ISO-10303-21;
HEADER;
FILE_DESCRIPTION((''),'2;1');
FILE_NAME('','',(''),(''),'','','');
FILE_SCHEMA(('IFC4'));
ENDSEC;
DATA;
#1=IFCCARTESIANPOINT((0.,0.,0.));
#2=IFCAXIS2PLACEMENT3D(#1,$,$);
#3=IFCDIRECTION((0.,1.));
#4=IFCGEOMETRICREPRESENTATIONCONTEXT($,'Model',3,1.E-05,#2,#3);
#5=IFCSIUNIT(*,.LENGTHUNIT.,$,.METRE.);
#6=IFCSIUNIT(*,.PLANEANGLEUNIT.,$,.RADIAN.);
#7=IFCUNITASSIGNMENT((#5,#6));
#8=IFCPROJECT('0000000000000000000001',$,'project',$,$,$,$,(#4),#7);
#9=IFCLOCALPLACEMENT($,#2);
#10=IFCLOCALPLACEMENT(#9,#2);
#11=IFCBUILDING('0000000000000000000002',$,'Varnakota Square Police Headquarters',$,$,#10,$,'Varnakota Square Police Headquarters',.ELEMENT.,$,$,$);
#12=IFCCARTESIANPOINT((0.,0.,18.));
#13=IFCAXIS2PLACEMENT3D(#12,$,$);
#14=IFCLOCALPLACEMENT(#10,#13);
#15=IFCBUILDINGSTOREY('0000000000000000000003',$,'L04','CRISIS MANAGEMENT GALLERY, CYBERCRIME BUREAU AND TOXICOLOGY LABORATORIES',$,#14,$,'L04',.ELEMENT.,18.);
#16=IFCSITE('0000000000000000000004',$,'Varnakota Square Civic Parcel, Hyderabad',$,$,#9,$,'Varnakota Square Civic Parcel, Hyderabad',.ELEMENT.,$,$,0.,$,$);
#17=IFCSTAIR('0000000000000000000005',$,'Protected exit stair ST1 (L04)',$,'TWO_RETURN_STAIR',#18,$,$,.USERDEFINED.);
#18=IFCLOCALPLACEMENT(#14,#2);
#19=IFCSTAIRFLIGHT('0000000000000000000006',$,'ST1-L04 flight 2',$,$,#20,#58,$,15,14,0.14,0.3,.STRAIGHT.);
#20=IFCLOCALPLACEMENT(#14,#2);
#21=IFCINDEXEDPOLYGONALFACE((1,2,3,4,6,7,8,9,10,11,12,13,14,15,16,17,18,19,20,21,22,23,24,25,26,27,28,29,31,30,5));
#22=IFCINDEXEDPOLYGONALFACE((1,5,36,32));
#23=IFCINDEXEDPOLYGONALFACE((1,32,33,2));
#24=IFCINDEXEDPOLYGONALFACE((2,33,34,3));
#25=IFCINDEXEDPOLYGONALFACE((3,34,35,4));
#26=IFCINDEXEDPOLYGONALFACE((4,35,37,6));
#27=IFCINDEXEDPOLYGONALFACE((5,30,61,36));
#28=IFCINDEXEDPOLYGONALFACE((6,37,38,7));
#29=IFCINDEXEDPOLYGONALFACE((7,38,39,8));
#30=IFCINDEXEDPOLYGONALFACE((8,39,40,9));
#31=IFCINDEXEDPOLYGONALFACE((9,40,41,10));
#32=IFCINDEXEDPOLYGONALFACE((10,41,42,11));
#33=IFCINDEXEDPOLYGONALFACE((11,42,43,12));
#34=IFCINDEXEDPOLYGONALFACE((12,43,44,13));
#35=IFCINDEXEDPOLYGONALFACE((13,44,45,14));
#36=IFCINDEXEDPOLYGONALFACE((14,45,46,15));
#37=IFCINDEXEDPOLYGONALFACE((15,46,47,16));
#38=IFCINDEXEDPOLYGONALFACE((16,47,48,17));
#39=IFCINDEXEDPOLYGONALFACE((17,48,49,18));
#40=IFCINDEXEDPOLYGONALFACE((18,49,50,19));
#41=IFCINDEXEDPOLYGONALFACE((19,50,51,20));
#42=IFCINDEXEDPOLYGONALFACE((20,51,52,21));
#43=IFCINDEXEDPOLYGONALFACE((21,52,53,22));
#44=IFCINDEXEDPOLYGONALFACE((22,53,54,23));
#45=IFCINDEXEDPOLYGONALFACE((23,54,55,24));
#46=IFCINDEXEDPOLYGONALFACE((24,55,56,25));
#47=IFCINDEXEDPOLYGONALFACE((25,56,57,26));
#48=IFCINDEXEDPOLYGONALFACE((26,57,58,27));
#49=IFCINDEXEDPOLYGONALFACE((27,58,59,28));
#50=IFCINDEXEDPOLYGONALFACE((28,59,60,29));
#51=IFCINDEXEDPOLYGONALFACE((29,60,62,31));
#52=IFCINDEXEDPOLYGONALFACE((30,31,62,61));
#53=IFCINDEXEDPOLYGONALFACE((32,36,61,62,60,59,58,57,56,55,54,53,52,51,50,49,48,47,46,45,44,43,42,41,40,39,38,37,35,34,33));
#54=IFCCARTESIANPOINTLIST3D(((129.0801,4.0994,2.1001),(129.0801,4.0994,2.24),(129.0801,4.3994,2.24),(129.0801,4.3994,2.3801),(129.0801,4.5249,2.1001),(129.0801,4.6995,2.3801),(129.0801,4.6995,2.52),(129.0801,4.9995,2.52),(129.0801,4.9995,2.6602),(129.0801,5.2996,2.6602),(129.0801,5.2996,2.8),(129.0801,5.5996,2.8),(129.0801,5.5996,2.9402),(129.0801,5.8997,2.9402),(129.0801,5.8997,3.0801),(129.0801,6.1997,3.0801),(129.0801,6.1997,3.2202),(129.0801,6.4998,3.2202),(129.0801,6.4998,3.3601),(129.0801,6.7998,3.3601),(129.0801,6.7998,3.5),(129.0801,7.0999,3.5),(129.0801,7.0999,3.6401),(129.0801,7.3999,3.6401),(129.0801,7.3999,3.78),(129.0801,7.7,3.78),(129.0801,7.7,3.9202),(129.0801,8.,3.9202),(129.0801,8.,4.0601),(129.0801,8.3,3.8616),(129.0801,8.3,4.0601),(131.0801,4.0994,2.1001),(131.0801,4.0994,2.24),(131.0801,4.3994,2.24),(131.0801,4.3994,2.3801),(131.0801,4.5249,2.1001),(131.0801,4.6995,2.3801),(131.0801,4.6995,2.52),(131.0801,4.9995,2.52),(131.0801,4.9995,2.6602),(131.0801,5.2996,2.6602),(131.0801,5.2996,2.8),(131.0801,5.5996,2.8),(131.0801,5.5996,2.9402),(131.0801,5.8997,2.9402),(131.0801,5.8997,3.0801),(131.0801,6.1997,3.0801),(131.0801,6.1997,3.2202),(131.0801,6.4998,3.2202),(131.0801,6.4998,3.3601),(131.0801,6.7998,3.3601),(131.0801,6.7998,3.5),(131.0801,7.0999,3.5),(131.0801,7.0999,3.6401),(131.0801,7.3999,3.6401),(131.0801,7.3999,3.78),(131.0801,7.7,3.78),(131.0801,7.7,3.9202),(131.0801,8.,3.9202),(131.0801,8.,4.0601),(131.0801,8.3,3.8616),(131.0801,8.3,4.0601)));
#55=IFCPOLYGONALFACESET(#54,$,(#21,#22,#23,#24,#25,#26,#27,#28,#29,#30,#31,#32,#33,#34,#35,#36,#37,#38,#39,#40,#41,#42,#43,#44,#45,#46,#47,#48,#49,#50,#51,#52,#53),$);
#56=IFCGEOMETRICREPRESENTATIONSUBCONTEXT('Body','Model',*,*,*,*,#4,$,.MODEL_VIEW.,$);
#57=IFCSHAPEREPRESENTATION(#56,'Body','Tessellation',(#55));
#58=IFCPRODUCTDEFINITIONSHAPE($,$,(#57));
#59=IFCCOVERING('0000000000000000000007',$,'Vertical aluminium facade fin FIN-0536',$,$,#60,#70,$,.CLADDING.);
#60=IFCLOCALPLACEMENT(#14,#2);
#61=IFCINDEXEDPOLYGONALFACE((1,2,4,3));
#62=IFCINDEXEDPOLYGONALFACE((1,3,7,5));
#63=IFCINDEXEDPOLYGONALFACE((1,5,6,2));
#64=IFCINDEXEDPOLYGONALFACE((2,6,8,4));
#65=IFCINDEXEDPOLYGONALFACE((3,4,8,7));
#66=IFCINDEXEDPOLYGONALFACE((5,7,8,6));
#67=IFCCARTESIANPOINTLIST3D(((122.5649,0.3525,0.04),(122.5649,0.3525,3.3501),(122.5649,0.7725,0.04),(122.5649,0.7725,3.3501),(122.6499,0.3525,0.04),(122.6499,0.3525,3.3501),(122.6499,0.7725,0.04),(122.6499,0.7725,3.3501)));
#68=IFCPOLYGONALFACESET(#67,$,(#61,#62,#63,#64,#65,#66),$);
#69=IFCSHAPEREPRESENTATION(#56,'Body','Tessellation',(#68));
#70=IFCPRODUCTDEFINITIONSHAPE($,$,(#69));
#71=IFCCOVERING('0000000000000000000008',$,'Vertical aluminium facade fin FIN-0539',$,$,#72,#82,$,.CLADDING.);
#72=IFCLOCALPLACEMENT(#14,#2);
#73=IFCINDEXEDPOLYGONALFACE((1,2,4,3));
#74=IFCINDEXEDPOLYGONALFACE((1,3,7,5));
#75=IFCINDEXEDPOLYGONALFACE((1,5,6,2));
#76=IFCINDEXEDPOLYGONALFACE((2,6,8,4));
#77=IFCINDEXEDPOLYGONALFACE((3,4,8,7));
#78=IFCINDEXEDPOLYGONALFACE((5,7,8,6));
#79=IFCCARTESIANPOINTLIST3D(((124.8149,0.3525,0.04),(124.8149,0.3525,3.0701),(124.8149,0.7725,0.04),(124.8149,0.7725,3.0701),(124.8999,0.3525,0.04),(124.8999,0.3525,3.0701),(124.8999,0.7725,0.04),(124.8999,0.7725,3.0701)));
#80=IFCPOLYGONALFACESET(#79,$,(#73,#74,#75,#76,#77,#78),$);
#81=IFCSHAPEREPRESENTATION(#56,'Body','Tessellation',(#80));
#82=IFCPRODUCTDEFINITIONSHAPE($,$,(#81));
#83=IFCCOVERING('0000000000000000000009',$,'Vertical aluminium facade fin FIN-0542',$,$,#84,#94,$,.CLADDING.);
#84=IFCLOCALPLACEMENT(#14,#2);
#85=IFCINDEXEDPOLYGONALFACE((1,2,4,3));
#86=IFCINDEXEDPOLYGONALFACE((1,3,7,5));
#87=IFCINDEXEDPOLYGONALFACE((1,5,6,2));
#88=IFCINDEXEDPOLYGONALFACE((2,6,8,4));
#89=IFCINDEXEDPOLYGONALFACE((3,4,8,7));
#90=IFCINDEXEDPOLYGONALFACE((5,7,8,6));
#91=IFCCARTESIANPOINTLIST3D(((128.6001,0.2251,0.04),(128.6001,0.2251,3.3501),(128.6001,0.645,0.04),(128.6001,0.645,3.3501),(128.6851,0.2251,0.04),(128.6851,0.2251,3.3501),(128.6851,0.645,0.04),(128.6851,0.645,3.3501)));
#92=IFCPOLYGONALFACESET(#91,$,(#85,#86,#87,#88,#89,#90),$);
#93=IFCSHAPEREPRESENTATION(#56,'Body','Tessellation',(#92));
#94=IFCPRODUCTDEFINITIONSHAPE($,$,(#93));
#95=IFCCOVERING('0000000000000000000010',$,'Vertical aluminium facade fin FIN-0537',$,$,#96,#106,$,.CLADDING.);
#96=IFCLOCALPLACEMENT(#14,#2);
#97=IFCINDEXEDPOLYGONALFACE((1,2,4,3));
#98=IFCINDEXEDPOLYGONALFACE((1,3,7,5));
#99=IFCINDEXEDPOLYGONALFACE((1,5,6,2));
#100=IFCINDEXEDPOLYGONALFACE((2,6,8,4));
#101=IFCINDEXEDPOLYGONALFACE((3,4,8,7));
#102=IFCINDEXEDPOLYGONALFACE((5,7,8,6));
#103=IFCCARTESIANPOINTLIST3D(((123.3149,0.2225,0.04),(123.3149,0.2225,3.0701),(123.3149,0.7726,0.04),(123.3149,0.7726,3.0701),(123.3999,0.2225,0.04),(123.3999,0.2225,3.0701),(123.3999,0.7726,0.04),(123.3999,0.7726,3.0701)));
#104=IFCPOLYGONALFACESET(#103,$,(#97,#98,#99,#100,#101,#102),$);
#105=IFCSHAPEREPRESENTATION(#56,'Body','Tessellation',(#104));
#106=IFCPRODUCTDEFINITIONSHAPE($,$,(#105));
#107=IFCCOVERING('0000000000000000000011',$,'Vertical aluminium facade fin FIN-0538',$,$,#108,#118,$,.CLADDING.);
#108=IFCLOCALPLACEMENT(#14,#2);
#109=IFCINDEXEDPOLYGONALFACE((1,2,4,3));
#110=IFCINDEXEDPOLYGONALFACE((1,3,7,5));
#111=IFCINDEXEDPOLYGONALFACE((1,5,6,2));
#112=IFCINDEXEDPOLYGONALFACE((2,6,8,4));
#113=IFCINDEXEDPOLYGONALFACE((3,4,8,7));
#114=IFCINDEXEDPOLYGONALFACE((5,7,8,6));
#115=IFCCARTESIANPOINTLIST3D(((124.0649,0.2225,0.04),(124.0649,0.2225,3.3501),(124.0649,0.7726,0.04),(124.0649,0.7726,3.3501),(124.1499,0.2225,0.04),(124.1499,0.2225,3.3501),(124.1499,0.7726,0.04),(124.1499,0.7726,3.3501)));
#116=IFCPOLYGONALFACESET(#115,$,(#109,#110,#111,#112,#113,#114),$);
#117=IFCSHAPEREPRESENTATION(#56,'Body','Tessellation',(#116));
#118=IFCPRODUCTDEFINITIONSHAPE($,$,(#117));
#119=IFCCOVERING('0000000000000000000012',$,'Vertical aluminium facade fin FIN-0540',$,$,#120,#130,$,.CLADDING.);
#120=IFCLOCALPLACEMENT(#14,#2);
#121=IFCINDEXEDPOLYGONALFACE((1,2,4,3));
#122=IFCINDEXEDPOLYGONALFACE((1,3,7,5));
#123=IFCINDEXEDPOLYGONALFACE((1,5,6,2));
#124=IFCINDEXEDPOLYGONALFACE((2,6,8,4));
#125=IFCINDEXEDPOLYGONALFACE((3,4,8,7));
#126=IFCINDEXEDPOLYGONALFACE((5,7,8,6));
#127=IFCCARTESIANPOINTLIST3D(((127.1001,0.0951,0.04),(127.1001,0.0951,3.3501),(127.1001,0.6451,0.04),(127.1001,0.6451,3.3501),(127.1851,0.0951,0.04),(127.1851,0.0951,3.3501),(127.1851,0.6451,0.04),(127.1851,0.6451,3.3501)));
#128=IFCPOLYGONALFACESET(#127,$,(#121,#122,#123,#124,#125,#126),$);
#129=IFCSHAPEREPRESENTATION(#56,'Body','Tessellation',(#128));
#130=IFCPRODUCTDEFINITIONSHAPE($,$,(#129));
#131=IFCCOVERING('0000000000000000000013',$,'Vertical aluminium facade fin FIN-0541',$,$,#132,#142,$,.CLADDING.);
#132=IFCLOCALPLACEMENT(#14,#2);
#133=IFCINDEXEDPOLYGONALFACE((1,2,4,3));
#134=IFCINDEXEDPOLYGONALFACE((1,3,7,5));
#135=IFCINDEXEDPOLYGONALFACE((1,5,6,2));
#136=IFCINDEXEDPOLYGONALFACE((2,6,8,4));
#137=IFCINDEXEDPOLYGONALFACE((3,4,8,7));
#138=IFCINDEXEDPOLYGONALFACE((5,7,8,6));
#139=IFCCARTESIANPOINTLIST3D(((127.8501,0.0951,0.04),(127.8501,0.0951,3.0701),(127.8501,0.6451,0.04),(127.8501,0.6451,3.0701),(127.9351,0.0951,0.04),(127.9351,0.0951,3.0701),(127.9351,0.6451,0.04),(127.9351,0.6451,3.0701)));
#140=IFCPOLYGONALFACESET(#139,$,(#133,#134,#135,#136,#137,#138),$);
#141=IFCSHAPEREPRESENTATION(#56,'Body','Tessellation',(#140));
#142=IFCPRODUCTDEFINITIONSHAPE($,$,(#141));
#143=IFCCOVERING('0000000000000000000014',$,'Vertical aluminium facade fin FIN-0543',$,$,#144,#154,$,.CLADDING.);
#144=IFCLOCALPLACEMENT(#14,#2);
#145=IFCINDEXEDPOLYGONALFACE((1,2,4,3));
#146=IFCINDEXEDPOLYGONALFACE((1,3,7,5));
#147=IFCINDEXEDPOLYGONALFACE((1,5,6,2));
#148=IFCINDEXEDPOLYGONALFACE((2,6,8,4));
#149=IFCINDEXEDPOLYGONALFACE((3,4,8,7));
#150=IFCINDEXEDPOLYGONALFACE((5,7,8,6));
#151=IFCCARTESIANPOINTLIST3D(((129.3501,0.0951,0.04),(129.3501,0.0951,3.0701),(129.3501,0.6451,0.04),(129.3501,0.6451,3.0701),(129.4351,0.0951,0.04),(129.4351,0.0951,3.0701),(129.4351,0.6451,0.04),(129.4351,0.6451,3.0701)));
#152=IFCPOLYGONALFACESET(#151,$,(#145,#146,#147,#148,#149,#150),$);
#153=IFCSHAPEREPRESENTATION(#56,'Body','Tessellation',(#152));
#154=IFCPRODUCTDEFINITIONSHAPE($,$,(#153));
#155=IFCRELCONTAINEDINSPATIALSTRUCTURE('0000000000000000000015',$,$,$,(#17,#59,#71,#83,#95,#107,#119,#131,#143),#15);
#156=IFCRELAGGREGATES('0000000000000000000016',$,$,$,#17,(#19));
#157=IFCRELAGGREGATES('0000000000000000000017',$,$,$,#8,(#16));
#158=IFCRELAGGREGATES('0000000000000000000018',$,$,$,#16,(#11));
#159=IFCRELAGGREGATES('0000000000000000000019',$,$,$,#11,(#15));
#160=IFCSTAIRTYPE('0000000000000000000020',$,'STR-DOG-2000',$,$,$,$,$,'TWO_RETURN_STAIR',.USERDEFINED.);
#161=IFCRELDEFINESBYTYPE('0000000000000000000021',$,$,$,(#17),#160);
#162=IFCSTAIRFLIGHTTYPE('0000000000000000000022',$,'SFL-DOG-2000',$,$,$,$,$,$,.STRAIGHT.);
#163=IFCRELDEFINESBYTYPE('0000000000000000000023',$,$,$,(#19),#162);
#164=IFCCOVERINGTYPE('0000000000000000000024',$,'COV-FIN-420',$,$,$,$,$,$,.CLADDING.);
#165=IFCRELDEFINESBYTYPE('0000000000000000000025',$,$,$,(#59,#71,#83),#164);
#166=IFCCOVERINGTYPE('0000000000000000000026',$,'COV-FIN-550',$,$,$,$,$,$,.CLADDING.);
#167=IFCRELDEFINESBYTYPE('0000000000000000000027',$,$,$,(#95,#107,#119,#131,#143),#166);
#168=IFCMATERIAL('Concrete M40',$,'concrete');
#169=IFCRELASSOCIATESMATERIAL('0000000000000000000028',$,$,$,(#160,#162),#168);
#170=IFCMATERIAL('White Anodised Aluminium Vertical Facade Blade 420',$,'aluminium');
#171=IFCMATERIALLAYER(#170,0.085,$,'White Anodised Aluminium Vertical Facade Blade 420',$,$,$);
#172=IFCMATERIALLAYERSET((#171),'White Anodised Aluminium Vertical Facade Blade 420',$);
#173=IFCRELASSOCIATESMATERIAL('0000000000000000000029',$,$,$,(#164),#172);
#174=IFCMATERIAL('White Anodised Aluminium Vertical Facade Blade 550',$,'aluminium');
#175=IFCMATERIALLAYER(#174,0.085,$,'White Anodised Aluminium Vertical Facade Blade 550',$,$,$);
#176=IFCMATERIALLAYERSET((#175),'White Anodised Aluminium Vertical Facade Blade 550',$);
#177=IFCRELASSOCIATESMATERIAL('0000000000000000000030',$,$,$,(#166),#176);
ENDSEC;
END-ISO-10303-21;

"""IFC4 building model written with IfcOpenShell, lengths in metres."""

from ifc_helpers import new_model, si_unit, direction, frame, origin, origin_2d, place, context, subcontext, project, spatial, polyline, rectangle, outline, extrude, material, layer, layer_set, type_object, element, aggregate, save


model = new_model("IFC4")

# Units and contexts
model_context = context("Model", 3, precision=1e-05, world=origin(), true_north=direction((0.0, 1.0)))
body_context = subcontext(model_context, "Body", "Model", "MODEL_VIEW")
ifc_project = project(units=[si_unit("LENGTHUNIT", "METRE"), si_unit("PLANEANGLEUNIT", "RADIAN")], contexts=[model_context])

# Site, building, storey
site_placement = place(None, origin())
site = spatial("IfcSite", under=ifc_project, at=site_placement, Name="Varnakota Square Civic Parcel, Hyderabad", LongName="Varnakota Square Civic Parcel, Hyderabad", CompositionType="ELEMENT", RefElevation=0.0)
building_placement = place(site_placement, origin())
building = spatial("IfcBuilding", under=site, at=building_placement, Name="Varnakota Square Police Headquarters", LongName="Varnakota Square Police Headquarters", CompositionType="ELEMENT")
storey_placement = place(building_placement, frame((0.0, 0.0, 18.0)))
storey = spatial("IfcBuildingStorey", under=building, at=storey_placement, Name="L04", Description="CRISIS MANAGEMENT GALLERY, CYBERCRIME BUREAU AND TOXICOLOGY LABORATORIES", LongName="L04", CompositionType="ELEMENT", Elevation=18.0)

# Stair, stair flight
ifc_material_1 = material(Name="Concrete M40", Category="concrete")
stair_type = type_object("IfcStairType", Name="STR-DOG-2000", ElementType="TWO_RETURN_STAIR", PredefinedType="USERDEFINED", material=ifc_material_1)
stair_placement = place(storey_placement, origin())
stair = element("IfcStair", 1, at=stair_placement, inside=storey, type_object=stair_type, Name="Protected exit stair ST1 (L04)", ObjectType="TWO_RETURN_STAIR", PredefinedType="USERDEFINED")
stair_flight_type = type_object("IfcStairFlightType", Name="SFL-DOG-2000", PredefinedType="STRAIGHT", material=ifc_material_1)
stair_flight_placement = place(storey_placement, frame((130.0801, 4.0994, 2.1001), z_axis=(0.0, 0.0, 1.0), x_axis=(0.0, 1.0, 0.0)))
stair_flight = element("IfcStairFlight", 2, at=stair_flight_placement, type_object=stair_flight_type, Name="ST1-L04 flight 2", NumberOfRisers=15, NumberOfTreads=14, PredefinedType="STRAIGHT", RiserHeight=0.14, TreadLength=0.3, context=body_context, shape_type="SweptSolid", body=[
    extrude(outline(polyline([(0.0, 0.0), (0.0, 0.1399), (0.3, 0.1399), (0.3, 0.28), (0.6001, 0.28), (0.6001, 0.4199), (0.9001, 0.4199), (0.9001, 0.5601), (1.2002, 0.5601), (1.2002, 0.7), (1.5002, 0.7), (1.5002, 0.8401), (1.8003, 0.8401), (1.8003, 0.98), (2.1003, 0.98), (2.1003, 1.1201), (2.4004, 1.1201), (2.4004, 1.26), (2.7004, 1.26), (2.7004, 1.3999), (3.0005, 1.3999), (3.0005, 1.54), (3.3005, 1.54), (3.3005, 1.6799), (3.6006, 1.6799), (3.6006, 1.8201), (3.9006, 1.8201), (3.9006, 1.96), (4.2007, 1.96), (4.2007, 2.1001), (4.2007, 1.7615), (0.4255, 0.0), (0.0, 0.0)])), frame((0.0, 1.0, 0.0), z_axis=(0.0, -1.0, 0.0), x_axis=(1.0, 0.0, 0.0)), (0.0, 0.0, 1.0), 2.0),
])
aggregate(stair, [stair_flight])

# Coverings
ifc_material_2 = material(Name="White Anodised Aluminium Vertical Facade Blade 420", Category="aluminium")
ifc_layer_1 = layer(ifc_material_2, 0.085, Name="White Anodised Aluminium Vertical Facade Blade 420")
ifc_layer_set_1 = layer_set([ifc_layer_1], Name="White Anodised Aluminium Vertical Facade Blade 420")
covering_type_1 = type_object("IfcCoveringType", Name="COV-FIN-420", PredefinedType="CLADDING", material=ifc_layer_set_1)
covering_1_placement = place(storey_placement, frame((122.6074, 0.5625, 0.04), z_axis=(0.0, 0.0, 1.0), x_axis=(1.0, 0.0, 0.0)))
element("IfcCovering", 3, at=covering_1_placement, inside=storey, type_object=covering_type_1, Name="Vertical aluminium facade fin FIN-0536", PredefinedType="CLADDING", context=body_context, shape_type="SweptSolid", body=[
    extrude(rectangle(XDim=0.085, YDim=0.4199, at=origin_2d()), origin(), (0.0, 0.0, 1.0), 3.3101),
])
covering_2_placement = place(storey_placement, frame((124.8574, 0.5625, 0.04), z_axis=(0.0, 0.0, 1.0), x_axis=(1.0, 0.0, 0.0)))
element("IfcCovering", 4, at=covering_2_placement, inside=storey, type_object=covering_type_1, Name="Vertical aluminium facade fin FIN-0539", PredefinedType="CLADDING", context=body_context, shape_type="SweptSolid", body=[
    extrude(rectangle(XDim=0.085, YDim=0.4199, at=origin_2d()), origin(), (0.0, 0.0, 1.0), 3.03),
])
covering_3_placement = place(storey_placement, frame((128.6426, 0.4351, 0.04), z_axis=(0.0, 0.0, 1.0), x_axis=(1.0, 0.0, 0.0)))
element("IfcCovering", 5, at=covering_3_placement, inside=storey, type_object=covering_type_1, Name="Vertical aluminium facade fin FIN-0542", PredefinedType="CLADDING", context=body_context, shape_type="SweptSolid", body=[
    extrude(rectangle(XDim=0.085, YDim=0.4199, at=origin_2d()), origin(), (0.0, 0.0, 1.0), 3.3101),
])
ifc_material_3 = material(Name="White Anodised Aluminium Vertical Facade Blade 550", Category="aluminium")
ifc_layer_2 = layer(ifc_material_3, 0.085, Name="White Anodised Aluminium Vertical Facade Blade 550")
ifc_layer_set_2 = layer_set([ifc_layer_2], Name="White Anodised Aluminium Vertical Facade Blade 550")
covering_type_2 = type_object("IfcCoveringType", Name="COV-FIN-550", PredefinedType="CLADDING", material=ifc_layer_set_2)
covering_4_placement = place(storey_placement, frame((123.3574, 0.4976, 0.04), z_axis=(0.0, 0.0, 1.0), x_axis=(1.0, 0.0, 0.0)))
element("IfcCovering", 6, at=covering_4_placement, inside=storey, type_object=covering_type_2, Name="Vertical aluminium facade fin FIN-0537", PredefinedType="CLADDING", context=body_context, shape_type="SweptSolid", body=[
    extrude(rectangle(XDim=0.085, YDim=0.55, at=origin_2d()), origin(), (0.0, 0.0, 1.0), 3.03),
])
for number, where, z_axis, x_axis, name in (
    (7, (124.1074, 0.4976, 0.04), (0.0, 0.0, 1.0), (1.0, 0.0, 0.0), "Vertical aluminium facade fin FIN-0538"),
    (8, (127.1426, 0.3701, 0.04), (0.0, 0.0, 1.0), (1.0, 0.0, 0.0), "Vertical aluminium facade fin FIN-0540"),
):
    element("IfcCovering", number, at=place(storey_placement, frame(where, z_axis=z_axis, x_axis=x_axis)), inside=storey, type_object=covering_type_2, Name=name, PredefinedType="CLADDING", context=body_context, shape_type="SweptSolid", body=[
        extrude(rectangle(XDim=0.085, YDim=0.55, at=origin_2d()), origin(), (0.0, 0.0, 1.0), 3.3101),
    ])
for number, where, z_axis, x_axis, name in (
    (9, (127.8926, 0.3701, 0.04), (0.0, 0.0, 1.0), (1.0, 0.0, 0.0), "Vertical aluminium facade fin FIN-0541"),
    (10, (129.3926, 0.3701, 0.04), (0.0, 0.0, 1.0), (1.0, 0.0, 0.0), "Vertical aluminium facade fin FIN-0543"),
):
    element("IfcCovering", number, at=place(storey_placement, frame(where, z_axis=z_axis, x_axis=x_axis)), inside=storey, type_object=covering_type_2, Name=name, PredefinedType="CLADDING", context=body_context, shape_type="SweptSolid", body=[
        extrude(rectangle(XDim=0.085, YDim=0.55, at=origin_2d()), origin(), (0.0, 0.0, 1.0), 3.03),
    ])

save(model, "model.ifc")
